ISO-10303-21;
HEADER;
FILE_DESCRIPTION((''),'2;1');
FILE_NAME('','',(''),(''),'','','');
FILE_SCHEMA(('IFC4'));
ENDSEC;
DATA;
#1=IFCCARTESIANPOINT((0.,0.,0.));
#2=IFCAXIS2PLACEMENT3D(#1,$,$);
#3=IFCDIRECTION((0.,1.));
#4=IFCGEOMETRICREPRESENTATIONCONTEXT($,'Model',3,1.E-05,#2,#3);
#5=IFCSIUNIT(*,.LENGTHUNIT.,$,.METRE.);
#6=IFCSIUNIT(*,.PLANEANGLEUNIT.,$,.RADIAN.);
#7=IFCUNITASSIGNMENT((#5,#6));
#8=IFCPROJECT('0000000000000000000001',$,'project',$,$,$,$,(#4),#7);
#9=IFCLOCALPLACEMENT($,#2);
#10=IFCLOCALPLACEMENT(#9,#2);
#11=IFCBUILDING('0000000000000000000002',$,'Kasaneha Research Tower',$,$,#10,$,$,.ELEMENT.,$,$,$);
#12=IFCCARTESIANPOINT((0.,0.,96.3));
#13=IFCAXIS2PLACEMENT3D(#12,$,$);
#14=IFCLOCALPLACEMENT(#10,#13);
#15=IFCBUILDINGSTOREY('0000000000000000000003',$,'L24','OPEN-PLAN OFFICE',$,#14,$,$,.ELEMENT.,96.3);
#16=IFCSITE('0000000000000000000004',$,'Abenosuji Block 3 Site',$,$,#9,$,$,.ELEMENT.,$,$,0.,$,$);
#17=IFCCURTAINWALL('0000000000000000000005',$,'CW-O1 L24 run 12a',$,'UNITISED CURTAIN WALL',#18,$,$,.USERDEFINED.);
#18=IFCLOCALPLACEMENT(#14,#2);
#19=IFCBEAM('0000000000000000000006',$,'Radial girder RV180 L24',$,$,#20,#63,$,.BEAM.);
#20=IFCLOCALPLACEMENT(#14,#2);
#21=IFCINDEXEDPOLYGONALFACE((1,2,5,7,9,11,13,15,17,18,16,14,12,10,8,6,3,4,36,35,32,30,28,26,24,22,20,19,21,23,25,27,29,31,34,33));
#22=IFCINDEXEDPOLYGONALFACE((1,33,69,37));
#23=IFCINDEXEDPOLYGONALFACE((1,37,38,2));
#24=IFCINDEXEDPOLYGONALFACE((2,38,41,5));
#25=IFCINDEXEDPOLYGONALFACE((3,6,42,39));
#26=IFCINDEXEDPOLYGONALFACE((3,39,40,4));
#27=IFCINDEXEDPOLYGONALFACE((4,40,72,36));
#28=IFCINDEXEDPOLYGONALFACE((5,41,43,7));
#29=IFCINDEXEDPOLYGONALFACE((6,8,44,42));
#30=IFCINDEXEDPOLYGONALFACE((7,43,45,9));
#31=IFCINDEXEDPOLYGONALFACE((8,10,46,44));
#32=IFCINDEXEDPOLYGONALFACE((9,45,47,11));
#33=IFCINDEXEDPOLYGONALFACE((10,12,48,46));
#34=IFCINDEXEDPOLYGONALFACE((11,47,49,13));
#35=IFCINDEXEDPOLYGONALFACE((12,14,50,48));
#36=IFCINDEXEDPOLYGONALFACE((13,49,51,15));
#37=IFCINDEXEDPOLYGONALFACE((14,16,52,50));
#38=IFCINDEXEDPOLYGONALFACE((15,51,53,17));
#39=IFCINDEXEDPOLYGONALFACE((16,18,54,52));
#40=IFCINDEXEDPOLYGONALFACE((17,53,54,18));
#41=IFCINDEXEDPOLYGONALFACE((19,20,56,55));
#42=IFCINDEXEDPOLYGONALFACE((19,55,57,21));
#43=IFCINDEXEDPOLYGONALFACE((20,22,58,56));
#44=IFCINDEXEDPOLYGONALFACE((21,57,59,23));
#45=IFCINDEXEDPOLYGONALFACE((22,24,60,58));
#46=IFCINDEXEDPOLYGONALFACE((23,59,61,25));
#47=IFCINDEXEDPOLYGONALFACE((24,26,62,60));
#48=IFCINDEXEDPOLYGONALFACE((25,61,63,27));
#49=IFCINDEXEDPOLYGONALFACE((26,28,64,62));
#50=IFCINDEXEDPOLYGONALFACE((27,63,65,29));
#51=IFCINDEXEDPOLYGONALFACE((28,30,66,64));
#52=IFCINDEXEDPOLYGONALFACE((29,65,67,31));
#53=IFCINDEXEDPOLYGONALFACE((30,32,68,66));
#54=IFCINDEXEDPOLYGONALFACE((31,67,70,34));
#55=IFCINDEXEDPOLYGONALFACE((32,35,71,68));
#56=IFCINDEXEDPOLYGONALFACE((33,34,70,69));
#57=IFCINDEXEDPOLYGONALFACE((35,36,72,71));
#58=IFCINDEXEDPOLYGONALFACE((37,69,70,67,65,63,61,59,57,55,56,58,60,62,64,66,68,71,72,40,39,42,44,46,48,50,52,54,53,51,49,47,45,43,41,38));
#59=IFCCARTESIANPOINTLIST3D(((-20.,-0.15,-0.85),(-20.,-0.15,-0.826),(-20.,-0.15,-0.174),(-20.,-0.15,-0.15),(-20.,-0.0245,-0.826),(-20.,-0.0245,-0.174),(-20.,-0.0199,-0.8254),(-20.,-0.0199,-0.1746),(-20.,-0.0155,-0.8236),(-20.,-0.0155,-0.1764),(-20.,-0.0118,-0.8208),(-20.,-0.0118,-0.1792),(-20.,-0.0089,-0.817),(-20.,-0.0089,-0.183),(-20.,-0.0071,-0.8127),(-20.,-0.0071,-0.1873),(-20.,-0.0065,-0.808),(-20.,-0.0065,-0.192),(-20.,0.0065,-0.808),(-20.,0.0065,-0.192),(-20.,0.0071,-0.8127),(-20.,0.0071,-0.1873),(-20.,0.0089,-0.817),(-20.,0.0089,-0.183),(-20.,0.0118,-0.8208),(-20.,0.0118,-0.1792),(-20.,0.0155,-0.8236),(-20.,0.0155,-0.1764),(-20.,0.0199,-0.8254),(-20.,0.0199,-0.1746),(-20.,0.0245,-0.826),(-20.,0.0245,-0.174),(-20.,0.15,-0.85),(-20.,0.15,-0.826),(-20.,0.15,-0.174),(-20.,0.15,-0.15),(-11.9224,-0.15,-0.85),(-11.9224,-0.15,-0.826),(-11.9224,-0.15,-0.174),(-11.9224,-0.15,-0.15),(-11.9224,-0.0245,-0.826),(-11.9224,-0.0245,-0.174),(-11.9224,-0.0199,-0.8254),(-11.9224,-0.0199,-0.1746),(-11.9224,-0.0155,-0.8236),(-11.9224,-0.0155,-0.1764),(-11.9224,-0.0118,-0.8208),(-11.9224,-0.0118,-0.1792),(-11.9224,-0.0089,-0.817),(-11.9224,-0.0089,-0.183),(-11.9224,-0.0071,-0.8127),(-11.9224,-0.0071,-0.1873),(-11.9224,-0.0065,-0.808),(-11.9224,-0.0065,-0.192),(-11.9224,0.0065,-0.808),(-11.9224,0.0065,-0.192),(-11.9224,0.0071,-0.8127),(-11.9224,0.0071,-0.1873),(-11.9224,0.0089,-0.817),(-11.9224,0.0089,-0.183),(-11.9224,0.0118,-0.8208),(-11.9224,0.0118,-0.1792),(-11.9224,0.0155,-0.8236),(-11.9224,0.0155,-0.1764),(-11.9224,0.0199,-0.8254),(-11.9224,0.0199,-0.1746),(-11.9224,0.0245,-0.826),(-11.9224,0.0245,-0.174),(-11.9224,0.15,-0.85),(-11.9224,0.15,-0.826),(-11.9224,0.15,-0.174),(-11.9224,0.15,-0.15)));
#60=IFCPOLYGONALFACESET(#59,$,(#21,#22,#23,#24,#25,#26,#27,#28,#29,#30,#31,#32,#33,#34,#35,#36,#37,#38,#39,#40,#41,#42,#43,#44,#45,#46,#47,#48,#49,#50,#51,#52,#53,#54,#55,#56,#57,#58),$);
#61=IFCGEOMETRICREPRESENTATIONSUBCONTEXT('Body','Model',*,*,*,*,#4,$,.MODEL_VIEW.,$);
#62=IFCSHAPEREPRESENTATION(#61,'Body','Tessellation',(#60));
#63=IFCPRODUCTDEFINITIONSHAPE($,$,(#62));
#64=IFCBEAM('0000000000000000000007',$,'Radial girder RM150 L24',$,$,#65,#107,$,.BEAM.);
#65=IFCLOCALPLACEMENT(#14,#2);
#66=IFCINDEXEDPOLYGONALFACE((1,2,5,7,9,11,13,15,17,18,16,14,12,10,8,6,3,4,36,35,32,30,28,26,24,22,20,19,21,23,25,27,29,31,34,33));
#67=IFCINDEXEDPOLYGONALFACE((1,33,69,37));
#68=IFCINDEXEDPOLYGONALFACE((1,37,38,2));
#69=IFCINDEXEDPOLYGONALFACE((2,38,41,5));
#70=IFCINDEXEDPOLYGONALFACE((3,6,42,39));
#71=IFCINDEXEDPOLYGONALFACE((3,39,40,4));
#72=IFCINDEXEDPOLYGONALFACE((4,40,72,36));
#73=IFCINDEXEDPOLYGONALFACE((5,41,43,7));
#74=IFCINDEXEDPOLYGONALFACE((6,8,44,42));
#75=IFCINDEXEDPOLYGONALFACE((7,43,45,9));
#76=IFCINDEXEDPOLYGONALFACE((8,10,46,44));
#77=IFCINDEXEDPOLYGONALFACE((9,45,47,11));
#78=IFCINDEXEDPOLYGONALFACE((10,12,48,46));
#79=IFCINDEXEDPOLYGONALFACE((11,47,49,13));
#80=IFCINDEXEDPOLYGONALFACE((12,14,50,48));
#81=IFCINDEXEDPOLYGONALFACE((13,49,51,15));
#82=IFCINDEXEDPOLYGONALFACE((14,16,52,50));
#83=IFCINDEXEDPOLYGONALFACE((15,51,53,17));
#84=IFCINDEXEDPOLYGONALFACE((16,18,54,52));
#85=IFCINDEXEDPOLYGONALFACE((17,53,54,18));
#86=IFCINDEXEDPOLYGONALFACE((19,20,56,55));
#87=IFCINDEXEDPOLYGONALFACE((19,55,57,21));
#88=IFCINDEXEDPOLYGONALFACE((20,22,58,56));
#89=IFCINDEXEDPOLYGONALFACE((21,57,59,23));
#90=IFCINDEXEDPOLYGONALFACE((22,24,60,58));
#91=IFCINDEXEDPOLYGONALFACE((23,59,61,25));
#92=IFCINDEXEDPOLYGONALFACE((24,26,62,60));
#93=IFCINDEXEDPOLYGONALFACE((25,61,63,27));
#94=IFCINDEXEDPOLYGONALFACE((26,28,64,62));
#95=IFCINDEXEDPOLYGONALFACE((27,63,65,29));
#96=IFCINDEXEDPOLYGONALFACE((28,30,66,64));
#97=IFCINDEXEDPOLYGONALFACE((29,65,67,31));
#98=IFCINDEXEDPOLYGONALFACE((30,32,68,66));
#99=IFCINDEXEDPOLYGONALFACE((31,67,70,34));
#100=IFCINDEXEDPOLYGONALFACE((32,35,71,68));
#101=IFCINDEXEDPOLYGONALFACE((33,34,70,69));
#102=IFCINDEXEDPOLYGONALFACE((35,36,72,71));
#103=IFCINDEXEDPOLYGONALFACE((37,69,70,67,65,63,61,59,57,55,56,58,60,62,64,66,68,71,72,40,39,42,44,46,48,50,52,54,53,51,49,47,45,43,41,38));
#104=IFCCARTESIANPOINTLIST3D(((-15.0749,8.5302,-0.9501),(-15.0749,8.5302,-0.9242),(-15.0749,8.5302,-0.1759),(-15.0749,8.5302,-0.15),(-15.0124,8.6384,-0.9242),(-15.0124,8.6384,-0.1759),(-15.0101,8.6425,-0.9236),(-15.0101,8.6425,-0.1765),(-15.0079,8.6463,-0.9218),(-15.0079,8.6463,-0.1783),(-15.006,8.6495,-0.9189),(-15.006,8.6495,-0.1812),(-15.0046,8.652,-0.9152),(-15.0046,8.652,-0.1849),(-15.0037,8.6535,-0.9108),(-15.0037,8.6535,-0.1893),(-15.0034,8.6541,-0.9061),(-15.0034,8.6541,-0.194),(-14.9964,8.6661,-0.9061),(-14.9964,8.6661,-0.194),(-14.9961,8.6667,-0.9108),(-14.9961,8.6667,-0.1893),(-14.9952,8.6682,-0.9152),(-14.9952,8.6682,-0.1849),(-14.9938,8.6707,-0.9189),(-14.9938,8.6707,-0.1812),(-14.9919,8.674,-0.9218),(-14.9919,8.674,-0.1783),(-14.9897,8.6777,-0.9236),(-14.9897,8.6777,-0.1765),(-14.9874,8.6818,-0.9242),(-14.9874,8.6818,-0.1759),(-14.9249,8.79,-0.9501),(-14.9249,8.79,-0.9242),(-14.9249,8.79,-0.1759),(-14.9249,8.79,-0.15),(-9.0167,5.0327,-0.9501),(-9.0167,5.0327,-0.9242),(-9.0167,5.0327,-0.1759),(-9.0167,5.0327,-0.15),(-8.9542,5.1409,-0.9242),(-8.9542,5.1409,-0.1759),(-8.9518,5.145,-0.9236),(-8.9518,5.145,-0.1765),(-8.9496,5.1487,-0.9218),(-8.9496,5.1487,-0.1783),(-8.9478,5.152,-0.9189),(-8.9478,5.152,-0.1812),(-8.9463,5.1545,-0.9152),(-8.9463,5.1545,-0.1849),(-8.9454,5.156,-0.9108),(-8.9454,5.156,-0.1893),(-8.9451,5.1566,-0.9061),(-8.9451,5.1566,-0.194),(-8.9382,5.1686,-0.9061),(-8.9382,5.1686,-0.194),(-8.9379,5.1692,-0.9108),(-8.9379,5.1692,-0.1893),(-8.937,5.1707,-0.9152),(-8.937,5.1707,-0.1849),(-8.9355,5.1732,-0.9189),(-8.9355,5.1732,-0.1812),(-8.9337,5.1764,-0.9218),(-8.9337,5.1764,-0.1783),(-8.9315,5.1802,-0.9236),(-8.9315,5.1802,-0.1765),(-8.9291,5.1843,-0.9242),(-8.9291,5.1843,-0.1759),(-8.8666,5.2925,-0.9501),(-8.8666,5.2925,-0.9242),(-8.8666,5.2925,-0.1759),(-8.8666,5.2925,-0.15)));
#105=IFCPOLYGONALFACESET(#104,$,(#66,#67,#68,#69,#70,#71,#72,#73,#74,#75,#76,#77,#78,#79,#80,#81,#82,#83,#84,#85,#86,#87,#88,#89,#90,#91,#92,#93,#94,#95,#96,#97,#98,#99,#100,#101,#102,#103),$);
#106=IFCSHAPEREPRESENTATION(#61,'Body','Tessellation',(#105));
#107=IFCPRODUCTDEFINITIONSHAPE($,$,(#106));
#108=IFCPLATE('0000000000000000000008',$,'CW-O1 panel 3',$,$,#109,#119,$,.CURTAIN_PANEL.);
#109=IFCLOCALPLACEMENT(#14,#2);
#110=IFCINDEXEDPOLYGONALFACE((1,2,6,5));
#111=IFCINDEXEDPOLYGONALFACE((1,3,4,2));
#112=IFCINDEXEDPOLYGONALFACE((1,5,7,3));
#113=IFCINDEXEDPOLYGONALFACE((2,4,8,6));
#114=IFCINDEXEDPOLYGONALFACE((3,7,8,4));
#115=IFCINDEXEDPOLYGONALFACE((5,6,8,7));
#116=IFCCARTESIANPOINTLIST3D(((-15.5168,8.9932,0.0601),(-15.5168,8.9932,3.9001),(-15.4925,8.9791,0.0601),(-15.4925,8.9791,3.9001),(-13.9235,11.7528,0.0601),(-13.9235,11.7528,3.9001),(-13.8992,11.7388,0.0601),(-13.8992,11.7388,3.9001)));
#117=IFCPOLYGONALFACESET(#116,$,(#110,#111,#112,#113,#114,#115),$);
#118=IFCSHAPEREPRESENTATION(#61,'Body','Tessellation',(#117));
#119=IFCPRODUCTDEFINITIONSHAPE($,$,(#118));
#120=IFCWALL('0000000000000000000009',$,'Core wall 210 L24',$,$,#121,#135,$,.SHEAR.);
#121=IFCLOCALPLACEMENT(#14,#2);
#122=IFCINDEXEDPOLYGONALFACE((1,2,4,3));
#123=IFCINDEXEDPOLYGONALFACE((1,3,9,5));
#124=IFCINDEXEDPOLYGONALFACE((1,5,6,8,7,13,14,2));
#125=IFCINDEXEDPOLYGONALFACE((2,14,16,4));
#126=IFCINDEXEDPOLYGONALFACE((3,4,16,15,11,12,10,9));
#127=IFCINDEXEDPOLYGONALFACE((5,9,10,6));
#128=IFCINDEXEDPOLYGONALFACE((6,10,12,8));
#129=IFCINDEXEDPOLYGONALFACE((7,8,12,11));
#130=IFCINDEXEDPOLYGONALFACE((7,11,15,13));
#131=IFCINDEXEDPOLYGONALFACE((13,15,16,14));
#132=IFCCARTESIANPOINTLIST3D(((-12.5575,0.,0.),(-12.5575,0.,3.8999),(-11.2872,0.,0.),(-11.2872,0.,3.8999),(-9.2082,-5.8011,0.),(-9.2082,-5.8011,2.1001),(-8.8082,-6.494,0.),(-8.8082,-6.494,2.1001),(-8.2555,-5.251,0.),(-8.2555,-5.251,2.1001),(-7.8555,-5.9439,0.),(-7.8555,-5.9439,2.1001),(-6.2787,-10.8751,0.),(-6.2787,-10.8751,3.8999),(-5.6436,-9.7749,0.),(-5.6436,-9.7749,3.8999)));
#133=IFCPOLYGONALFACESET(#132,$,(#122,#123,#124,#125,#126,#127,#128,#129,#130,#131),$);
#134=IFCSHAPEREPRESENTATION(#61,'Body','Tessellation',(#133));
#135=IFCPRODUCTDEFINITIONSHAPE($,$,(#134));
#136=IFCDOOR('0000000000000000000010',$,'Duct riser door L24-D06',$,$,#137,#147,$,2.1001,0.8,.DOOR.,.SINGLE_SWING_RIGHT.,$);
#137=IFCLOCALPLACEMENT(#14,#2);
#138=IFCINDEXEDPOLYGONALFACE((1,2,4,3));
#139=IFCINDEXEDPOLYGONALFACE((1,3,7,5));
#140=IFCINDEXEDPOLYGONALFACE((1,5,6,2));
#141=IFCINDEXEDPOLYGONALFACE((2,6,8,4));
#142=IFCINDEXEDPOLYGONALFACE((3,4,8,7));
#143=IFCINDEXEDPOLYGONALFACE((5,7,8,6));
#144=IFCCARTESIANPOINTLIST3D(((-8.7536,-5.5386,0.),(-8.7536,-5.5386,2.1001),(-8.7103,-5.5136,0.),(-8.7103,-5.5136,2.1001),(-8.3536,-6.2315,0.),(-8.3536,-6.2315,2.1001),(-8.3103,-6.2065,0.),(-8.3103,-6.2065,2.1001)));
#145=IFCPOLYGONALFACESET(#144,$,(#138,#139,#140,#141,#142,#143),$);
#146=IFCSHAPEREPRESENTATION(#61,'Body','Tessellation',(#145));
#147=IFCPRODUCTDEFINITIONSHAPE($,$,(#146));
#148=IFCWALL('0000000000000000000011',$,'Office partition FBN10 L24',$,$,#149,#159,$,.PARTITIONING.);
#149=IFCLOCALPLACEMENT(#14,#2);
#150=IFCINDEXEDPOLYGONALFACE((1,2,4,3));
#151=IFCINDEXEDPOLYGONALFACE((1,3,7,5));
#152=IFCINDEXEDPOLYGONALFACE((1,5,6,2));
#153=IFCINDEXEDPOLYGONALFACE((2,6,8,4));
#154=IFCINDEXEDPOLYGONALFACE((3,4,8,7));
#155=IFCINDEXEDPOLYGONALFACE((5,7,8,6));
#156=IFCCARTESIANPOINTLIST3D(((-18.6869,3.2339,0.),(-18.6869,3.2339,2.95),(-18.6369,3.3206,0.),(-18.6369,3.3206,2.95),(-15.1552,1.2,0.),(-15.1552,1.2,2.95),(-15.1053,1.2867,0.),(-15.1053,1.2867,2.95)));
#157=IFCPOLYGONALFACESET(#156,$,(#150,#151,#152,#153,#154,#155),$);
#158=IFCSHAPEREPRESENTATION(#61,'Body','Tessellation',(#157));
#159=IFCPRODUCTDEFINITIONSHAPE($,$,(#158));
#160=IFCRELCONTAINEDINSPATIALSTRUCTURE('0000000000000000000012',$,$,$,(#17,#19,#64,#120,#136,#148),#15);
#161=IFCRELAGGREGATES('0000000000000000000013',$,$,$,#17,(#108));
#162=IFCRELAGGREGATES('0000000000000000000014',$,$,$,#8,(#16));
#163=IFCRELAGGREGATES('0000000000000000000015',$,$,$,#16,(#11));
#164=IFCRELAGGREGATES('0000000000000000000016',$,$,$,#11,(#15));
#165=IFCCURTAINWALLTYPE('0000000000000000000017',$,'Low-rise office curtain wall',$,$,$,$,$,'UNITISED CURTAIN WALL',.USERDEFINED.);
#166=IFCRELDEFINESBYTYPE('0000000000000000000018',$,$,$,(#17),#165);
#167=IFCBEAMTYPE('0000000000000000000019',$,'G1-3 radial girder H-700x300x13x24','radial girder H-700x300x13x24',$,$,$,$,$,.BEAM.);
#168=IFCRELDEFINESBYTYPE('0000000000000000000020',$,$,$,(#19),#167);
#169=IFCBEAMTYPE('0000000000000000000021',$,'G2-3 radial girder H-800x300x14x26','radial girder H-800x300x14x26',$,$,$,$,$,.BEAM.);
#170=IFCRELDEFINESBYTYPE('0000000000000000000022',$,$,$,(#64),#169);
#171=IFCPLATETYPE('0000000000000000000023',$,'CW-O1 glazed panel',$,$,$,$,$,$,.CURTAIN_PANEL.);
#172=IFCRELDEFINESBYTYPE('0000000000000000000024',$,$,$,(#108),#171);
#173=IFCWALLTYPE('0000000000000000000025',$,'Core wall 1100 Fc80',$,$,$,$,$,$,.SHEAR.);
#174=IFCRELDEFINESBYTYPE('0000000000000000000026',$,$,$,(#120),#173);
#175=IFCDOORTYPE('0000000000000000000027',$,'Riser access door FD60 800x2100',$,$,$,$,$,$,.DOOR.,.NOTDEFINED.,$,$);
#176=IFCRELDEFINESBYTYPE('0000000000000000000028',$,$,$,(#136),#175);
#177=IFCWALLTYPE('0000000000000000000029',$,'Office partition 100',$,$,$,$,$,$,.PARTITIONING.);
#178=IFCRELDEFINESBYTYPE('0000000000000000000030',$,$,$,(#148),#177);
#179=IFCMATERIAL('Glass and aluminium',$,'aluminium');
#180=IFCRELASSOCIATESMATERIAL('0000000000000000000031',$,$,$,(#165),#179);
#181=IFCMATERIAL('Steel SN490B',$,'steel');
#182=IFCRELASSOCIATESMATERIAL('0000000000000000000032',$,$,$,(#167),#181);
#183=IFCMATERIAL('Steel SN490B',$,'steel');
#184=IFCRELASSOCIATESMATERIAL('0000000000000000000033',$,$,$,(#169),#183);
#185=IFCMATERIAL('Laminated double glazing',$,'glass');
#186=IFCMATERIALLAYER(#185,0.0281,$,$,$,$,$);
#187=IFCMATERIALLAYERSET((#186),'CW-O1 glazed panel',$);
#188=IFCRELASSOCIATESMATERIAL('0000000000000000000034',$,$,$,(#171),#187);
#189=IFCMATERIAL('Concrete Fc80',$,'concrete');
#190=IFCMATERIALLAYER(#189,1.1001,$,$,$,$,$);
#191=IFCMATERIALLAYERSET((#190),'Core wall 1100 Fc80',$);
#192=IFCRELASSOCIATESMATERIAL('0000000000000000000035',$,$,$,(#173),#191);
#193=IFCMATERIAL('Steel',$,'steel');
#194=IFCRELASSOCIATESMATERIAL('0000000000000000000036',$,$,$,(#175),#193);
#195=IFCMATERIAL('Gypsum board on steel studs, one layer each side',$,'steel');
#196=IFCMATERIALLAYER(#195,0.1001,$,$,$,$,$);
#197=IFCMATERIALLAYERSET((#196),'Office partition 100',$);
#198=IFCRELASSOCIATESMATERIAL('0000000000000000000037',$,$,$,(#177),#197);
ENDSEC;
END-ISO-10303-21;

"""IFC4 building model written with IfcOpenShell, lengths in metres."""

from ifc_helpers import new_model, si_unit, direction, frame, frame_2d, origin, origin_2d, place, context, subcontext, project, spatial, polyline, rectangle, i_section, outline, extrude, material, layer, layer_set, material_profile, profile_set, type_object, element, fill, aggregate, save


model = new_model("IFC4")

# Units and contexts
model_context = context("Model", 3, precision=1e-05, world=origin(), true_north=direction((0.0, 1.0)))
body_context = subcontext(model_context, "Body", "Model", "MODEL_VIEW")
ifc_project = project(units=[si_unit("LENGTHUNIT", "METRE"), si_unit("PLANEANGLEUNIT", "RADIAN")], contexts=[model_context])

# Site, building, storey
site_placement = place(None, origin())
site = spatial("IfcSite", under=ifc_project, at=site_placement, Name="Abenosuji Block 3 Site", CompositionType="ELEMENT", RefElevation=0.0)
building_placement = place(site_placement, origin())
building = spatial("IfcBuilding", under=site, at=building_placement, Name="Kasaneha Research Tower", CompositionType="ELEMENT")
storey_placement = place(building_placement, frame((0.0, 0.0, 96.3)))
storey = spatial("IfcBuildingStorey", under=building, at=storey_placement, Name="L24", Description="OPEN-PLAN OFFICE", CompositionType="ELEMENT", Elevation=96.3)

# Curtain wall
ifc_material_1 = material(Name="Glass and aluminium", Category="aluminium")
curtain_wall_type = type_object("IfcCurtainWallType", Name="Low-rise office curtain wall", ElementType="UNITISED CURTAIN WALL", PredefinedType="USERDEFINED", material=ifc_material_1)
curtain_wall_placement = place(storey_placement, origin())
curtain_wall = element("IfcCurtainWall", 1, at=curtain_wall_placement, inside=storey, type_object=curtain_wall_type, Name="CW-O1 L24 run 12a", ObjectType="UNITISED CURTAIN WALL", PredefinedType="USERDEFINED")

# Beams
ifc_material_2 = material(Name="Steel SN490B", Category="steel")
ifc_material_profile_1 = material_profile(ifc_material_2, i_section(OverallWidth=0.3, OverallDepth=0.7, WebThickness=0.0129, FlangeThickness=0.0239, FilletRadius=0.0181, at=origin_2d()), Name="H-700x300x13x24")
ifc_profile_set_1 = profile_set([ifc_material_profile_1], Name="Steel SN490B")
beam_type_1 = type_object("IfcBeamType", Name="G1-3 radial girder H-700x300x13x24", Description="radial girder H-700x300x13x24", PredefinedType="BEAM", material=ifc_profile_set_1)
beam_1_placement = place(storey_placement, frame((-11.9224, 0.0, -0.5), z_axis=(-1.0, 0.0, 0.0), x_axis=(0.0, -1.0, 0.0)))
element("IfcBeam", 2, at=beam_1_placement, inside=storey, type_object=beam_type_1, Name="Radial girder RV180 L24", PredefinedType="BEAM", context=body_context, shape_type="SweptSolid", body=[
    extrude(i_section(OverallWidth=0.3, OverallDepth=0.7, WebThickness=0.0129, FlangeThickness=0.0239, FilletRadius=0.0181, at=origin_2d()), origin(), (0.0, 0.0, 1.0), 8.0776),
])
ifc_material_3 = material(Name="Steel SN490B", Category="steel")
ifc_material_profile_2 = material_profile(ifc_material_3, i_section(OverallWidth=0.3, OverallDepth=0.8, WebThickness=0.0139, FlangeThickness=0.0259, FilletRadius=0.0181, at=origin_2d()), Name="H-800x300x14x26")
ifc_profile_set_2 = profile_set([ifc_material_profile_2], Name="Steel SN490B")
beam_type_2 = type_object("IfcBeamType", Name="G2-3 radial girder H-800x300x14x26", Description="radial girder H-800x300x14x26", PredefinedType="BEAM", material=ifc_profile_set_2)
beam_2_placement = place(storey_placement, frame((-8.9417, 5.1626, -0.55), z_axis=(-0.86604, 0.499975, 0.0), x_axis=(-0.499975, -0.86604, 0.0)))
element("IfcBeam", 3, at=beam_2_placement, inside=storey, type_object=beam_type_2, Name="Radial girder RM150 L24", PredefinedType="BEAM", context=body_context, shape_type="SweptSolid", body=[
    extrude(i_section(OverallWidth=0.3, OverallDepth=0.8, WebThickness=0.0139, FlangeThickness=0.0259, FilletRadius=0.0181, at=origin_2d()), origin(), (0.0, 0.0, 1.0), 6.9954),
])

# Plate
ifc_material_4 = material(Name="Laminated double glazing", Category="glass")
ifc_layer_1 = layer(ifc_material_4, 0.0281)
ifc_layer_set_1 = layer_set([ifc_layer_1], Name="CW-O1 glazed panel")
plate_type = type_object("IfcPlateType", Name="CW-O1 glazed panel", PredefinedType="CURTAIN_PANEL", material=ifc_layer_set_1)
plate_placement = place(storey_placement, frame((-14.708, 10.366, 0.0601), z_axis=(0.0, 0.0, 1.0), x_axis=(-0.5, -0.866025, 0.0)))
plate = element("IfcPlate", 4, at=plate_placement, type_object=plate_type, Name="CW-O1 panel 3", PredefinedType="CURTAIN_PANEL", context=body_context, shape_type="SweptSolid", body=[
    extrude(rectangle(XDim=3.1865, YDim=0.0281, at=origin_2d()), origin(), (0.0, 0.0, 1.0), 3.8401),
])
aggregate(curtain_wall, [plate])

# Wall, opening, door
ifc_material_5 = material(Name="Concrete Fc80", Category="concrete")
ifc_layer_2 = layer(ifc_material_5, 1.1001)
ifc_layer_set_2 = layer_set([ifc_layer_2], Name="Core wall 1100 Fc80")
wall_type_1 = type_object("IfcWallType", Name="Core wall 1100 Fc80", PredefinedType="SHEAR", material=ifc_layer_set_2)
wall_1_placement = place(storey_placement, frame((-11.9224, 0.0, 0.0), z_axis=(0.0, 0.0, 1.0), x_axis=(0.500004, -0.866023, 0.0)))
wall_1 = element("IfcWall", 5, at=wall_1_placement, inside=storey, type_object=wall_type_1, Name="Core wall 210 L24", PredefinedType="SHEAR", context=body_context, shape_type="SweptSolid", body=[
    extrude(outline(polyline([(-0.3176, -0.55), (6.3811, -0.55), (7.1812, -0.55), (12.24, -0.55), (11.6047, 0.55), (7.1812, 0.55), (6.3811, 0.55), (0.3176, 0.55), (-0.3176, -0.55)])), origin(), (0.0, 0.0, 1.0), 3.8999),
])
opening_1_placement = place(wall_1_placement, frame((6.3811, 0.0, 0.0)))
opening_1 = element("IfcOpeningElement", 6, at=opening_1_placement, cuts=wall_1, PredefinedType="OPENING", context=body_context, shape_type="SweptSolid", body=[
    extrude(rectangle(XDim=0.8, YDim=2.1001, at=frame_2d((0.3999, 1.05))), frame((0.0, 0.5601, 0.0), z_axis=(0.0, -1.0, 0.0), x_axis=(1.0, 0.0, 0.0)), (0.0, 0.0, 1.0), 1.1201),
])
ifc_material_6 = material(Name="Steel", Category="steel")
door_type_1 = type_object("IfcDoorType", Name="Riser access door FD60 800x2100", OperationType="NOTDEFINED", PredefinedType="DOOR", material=ifc_material_6)
door_1_placement = place(opening_1_placement, origin())
door_1 = element("IfcDoor", 7, at=door_1_placement, inside=storey, type_object=door_type_1, Name="Duct riser door L24-D06", OperationType="SINGLE_SWING_RIGHT", OverallHeight=2.1001, OverallWidth=0.8, PredefinedType="DOOR", context=body_context, shape_type="SweptSolid", body=[
    extrude(rectangle(XDim=0.8, YDim=2.1001, at=frame_2d((0.3999, 1.05))), frame((0.0, 0.0249, 0.0), z_axis=(0.0, -1.0, 0.0), x_axis=(1.0, 0.0, 0.0)), (0.0, 0.0, 1.0), 0.05),
])
fill(opening_1, door_1)

# Wall
ifc_material_7 = material(Name="Gypsum board on steel studs, one layer each side", Category="steel")
ifc_layer_3 = layer(ifc_material_7, 0.1001)
ifc_layer_set_3 = layer_set([ifc_layer_3], Name="Office partition 100")
wall_type_2 = type_object("IfcWallType", Name="Office partition 100", PredefinedType="PARTITIONING", material=ifc_layer_set_3)
wall_2_placement = place(storey_placement, frame((-15.1304, 1.2434, 0.0), z_axis=(0.0, 0.0, 1.0), x_axis=(-0.866568, 0.499059, 0.0)))
element("IfcWall", 8, at=wall_2_placement, inside=storey, type_object=wall_type_2, Name="Office partition FBN10 L24", PredefinedType="PARTITIONING", context=body_context, shape_type="SweptSolid", body=[
    extrude(rectangle(XDim=4.0754, YDim=0.1001, at=frame_2d((2.0376, 0.0))), origin(), (0.0, 0.0, 1.0), 2.95),
])

save(model, "model.ifc")
